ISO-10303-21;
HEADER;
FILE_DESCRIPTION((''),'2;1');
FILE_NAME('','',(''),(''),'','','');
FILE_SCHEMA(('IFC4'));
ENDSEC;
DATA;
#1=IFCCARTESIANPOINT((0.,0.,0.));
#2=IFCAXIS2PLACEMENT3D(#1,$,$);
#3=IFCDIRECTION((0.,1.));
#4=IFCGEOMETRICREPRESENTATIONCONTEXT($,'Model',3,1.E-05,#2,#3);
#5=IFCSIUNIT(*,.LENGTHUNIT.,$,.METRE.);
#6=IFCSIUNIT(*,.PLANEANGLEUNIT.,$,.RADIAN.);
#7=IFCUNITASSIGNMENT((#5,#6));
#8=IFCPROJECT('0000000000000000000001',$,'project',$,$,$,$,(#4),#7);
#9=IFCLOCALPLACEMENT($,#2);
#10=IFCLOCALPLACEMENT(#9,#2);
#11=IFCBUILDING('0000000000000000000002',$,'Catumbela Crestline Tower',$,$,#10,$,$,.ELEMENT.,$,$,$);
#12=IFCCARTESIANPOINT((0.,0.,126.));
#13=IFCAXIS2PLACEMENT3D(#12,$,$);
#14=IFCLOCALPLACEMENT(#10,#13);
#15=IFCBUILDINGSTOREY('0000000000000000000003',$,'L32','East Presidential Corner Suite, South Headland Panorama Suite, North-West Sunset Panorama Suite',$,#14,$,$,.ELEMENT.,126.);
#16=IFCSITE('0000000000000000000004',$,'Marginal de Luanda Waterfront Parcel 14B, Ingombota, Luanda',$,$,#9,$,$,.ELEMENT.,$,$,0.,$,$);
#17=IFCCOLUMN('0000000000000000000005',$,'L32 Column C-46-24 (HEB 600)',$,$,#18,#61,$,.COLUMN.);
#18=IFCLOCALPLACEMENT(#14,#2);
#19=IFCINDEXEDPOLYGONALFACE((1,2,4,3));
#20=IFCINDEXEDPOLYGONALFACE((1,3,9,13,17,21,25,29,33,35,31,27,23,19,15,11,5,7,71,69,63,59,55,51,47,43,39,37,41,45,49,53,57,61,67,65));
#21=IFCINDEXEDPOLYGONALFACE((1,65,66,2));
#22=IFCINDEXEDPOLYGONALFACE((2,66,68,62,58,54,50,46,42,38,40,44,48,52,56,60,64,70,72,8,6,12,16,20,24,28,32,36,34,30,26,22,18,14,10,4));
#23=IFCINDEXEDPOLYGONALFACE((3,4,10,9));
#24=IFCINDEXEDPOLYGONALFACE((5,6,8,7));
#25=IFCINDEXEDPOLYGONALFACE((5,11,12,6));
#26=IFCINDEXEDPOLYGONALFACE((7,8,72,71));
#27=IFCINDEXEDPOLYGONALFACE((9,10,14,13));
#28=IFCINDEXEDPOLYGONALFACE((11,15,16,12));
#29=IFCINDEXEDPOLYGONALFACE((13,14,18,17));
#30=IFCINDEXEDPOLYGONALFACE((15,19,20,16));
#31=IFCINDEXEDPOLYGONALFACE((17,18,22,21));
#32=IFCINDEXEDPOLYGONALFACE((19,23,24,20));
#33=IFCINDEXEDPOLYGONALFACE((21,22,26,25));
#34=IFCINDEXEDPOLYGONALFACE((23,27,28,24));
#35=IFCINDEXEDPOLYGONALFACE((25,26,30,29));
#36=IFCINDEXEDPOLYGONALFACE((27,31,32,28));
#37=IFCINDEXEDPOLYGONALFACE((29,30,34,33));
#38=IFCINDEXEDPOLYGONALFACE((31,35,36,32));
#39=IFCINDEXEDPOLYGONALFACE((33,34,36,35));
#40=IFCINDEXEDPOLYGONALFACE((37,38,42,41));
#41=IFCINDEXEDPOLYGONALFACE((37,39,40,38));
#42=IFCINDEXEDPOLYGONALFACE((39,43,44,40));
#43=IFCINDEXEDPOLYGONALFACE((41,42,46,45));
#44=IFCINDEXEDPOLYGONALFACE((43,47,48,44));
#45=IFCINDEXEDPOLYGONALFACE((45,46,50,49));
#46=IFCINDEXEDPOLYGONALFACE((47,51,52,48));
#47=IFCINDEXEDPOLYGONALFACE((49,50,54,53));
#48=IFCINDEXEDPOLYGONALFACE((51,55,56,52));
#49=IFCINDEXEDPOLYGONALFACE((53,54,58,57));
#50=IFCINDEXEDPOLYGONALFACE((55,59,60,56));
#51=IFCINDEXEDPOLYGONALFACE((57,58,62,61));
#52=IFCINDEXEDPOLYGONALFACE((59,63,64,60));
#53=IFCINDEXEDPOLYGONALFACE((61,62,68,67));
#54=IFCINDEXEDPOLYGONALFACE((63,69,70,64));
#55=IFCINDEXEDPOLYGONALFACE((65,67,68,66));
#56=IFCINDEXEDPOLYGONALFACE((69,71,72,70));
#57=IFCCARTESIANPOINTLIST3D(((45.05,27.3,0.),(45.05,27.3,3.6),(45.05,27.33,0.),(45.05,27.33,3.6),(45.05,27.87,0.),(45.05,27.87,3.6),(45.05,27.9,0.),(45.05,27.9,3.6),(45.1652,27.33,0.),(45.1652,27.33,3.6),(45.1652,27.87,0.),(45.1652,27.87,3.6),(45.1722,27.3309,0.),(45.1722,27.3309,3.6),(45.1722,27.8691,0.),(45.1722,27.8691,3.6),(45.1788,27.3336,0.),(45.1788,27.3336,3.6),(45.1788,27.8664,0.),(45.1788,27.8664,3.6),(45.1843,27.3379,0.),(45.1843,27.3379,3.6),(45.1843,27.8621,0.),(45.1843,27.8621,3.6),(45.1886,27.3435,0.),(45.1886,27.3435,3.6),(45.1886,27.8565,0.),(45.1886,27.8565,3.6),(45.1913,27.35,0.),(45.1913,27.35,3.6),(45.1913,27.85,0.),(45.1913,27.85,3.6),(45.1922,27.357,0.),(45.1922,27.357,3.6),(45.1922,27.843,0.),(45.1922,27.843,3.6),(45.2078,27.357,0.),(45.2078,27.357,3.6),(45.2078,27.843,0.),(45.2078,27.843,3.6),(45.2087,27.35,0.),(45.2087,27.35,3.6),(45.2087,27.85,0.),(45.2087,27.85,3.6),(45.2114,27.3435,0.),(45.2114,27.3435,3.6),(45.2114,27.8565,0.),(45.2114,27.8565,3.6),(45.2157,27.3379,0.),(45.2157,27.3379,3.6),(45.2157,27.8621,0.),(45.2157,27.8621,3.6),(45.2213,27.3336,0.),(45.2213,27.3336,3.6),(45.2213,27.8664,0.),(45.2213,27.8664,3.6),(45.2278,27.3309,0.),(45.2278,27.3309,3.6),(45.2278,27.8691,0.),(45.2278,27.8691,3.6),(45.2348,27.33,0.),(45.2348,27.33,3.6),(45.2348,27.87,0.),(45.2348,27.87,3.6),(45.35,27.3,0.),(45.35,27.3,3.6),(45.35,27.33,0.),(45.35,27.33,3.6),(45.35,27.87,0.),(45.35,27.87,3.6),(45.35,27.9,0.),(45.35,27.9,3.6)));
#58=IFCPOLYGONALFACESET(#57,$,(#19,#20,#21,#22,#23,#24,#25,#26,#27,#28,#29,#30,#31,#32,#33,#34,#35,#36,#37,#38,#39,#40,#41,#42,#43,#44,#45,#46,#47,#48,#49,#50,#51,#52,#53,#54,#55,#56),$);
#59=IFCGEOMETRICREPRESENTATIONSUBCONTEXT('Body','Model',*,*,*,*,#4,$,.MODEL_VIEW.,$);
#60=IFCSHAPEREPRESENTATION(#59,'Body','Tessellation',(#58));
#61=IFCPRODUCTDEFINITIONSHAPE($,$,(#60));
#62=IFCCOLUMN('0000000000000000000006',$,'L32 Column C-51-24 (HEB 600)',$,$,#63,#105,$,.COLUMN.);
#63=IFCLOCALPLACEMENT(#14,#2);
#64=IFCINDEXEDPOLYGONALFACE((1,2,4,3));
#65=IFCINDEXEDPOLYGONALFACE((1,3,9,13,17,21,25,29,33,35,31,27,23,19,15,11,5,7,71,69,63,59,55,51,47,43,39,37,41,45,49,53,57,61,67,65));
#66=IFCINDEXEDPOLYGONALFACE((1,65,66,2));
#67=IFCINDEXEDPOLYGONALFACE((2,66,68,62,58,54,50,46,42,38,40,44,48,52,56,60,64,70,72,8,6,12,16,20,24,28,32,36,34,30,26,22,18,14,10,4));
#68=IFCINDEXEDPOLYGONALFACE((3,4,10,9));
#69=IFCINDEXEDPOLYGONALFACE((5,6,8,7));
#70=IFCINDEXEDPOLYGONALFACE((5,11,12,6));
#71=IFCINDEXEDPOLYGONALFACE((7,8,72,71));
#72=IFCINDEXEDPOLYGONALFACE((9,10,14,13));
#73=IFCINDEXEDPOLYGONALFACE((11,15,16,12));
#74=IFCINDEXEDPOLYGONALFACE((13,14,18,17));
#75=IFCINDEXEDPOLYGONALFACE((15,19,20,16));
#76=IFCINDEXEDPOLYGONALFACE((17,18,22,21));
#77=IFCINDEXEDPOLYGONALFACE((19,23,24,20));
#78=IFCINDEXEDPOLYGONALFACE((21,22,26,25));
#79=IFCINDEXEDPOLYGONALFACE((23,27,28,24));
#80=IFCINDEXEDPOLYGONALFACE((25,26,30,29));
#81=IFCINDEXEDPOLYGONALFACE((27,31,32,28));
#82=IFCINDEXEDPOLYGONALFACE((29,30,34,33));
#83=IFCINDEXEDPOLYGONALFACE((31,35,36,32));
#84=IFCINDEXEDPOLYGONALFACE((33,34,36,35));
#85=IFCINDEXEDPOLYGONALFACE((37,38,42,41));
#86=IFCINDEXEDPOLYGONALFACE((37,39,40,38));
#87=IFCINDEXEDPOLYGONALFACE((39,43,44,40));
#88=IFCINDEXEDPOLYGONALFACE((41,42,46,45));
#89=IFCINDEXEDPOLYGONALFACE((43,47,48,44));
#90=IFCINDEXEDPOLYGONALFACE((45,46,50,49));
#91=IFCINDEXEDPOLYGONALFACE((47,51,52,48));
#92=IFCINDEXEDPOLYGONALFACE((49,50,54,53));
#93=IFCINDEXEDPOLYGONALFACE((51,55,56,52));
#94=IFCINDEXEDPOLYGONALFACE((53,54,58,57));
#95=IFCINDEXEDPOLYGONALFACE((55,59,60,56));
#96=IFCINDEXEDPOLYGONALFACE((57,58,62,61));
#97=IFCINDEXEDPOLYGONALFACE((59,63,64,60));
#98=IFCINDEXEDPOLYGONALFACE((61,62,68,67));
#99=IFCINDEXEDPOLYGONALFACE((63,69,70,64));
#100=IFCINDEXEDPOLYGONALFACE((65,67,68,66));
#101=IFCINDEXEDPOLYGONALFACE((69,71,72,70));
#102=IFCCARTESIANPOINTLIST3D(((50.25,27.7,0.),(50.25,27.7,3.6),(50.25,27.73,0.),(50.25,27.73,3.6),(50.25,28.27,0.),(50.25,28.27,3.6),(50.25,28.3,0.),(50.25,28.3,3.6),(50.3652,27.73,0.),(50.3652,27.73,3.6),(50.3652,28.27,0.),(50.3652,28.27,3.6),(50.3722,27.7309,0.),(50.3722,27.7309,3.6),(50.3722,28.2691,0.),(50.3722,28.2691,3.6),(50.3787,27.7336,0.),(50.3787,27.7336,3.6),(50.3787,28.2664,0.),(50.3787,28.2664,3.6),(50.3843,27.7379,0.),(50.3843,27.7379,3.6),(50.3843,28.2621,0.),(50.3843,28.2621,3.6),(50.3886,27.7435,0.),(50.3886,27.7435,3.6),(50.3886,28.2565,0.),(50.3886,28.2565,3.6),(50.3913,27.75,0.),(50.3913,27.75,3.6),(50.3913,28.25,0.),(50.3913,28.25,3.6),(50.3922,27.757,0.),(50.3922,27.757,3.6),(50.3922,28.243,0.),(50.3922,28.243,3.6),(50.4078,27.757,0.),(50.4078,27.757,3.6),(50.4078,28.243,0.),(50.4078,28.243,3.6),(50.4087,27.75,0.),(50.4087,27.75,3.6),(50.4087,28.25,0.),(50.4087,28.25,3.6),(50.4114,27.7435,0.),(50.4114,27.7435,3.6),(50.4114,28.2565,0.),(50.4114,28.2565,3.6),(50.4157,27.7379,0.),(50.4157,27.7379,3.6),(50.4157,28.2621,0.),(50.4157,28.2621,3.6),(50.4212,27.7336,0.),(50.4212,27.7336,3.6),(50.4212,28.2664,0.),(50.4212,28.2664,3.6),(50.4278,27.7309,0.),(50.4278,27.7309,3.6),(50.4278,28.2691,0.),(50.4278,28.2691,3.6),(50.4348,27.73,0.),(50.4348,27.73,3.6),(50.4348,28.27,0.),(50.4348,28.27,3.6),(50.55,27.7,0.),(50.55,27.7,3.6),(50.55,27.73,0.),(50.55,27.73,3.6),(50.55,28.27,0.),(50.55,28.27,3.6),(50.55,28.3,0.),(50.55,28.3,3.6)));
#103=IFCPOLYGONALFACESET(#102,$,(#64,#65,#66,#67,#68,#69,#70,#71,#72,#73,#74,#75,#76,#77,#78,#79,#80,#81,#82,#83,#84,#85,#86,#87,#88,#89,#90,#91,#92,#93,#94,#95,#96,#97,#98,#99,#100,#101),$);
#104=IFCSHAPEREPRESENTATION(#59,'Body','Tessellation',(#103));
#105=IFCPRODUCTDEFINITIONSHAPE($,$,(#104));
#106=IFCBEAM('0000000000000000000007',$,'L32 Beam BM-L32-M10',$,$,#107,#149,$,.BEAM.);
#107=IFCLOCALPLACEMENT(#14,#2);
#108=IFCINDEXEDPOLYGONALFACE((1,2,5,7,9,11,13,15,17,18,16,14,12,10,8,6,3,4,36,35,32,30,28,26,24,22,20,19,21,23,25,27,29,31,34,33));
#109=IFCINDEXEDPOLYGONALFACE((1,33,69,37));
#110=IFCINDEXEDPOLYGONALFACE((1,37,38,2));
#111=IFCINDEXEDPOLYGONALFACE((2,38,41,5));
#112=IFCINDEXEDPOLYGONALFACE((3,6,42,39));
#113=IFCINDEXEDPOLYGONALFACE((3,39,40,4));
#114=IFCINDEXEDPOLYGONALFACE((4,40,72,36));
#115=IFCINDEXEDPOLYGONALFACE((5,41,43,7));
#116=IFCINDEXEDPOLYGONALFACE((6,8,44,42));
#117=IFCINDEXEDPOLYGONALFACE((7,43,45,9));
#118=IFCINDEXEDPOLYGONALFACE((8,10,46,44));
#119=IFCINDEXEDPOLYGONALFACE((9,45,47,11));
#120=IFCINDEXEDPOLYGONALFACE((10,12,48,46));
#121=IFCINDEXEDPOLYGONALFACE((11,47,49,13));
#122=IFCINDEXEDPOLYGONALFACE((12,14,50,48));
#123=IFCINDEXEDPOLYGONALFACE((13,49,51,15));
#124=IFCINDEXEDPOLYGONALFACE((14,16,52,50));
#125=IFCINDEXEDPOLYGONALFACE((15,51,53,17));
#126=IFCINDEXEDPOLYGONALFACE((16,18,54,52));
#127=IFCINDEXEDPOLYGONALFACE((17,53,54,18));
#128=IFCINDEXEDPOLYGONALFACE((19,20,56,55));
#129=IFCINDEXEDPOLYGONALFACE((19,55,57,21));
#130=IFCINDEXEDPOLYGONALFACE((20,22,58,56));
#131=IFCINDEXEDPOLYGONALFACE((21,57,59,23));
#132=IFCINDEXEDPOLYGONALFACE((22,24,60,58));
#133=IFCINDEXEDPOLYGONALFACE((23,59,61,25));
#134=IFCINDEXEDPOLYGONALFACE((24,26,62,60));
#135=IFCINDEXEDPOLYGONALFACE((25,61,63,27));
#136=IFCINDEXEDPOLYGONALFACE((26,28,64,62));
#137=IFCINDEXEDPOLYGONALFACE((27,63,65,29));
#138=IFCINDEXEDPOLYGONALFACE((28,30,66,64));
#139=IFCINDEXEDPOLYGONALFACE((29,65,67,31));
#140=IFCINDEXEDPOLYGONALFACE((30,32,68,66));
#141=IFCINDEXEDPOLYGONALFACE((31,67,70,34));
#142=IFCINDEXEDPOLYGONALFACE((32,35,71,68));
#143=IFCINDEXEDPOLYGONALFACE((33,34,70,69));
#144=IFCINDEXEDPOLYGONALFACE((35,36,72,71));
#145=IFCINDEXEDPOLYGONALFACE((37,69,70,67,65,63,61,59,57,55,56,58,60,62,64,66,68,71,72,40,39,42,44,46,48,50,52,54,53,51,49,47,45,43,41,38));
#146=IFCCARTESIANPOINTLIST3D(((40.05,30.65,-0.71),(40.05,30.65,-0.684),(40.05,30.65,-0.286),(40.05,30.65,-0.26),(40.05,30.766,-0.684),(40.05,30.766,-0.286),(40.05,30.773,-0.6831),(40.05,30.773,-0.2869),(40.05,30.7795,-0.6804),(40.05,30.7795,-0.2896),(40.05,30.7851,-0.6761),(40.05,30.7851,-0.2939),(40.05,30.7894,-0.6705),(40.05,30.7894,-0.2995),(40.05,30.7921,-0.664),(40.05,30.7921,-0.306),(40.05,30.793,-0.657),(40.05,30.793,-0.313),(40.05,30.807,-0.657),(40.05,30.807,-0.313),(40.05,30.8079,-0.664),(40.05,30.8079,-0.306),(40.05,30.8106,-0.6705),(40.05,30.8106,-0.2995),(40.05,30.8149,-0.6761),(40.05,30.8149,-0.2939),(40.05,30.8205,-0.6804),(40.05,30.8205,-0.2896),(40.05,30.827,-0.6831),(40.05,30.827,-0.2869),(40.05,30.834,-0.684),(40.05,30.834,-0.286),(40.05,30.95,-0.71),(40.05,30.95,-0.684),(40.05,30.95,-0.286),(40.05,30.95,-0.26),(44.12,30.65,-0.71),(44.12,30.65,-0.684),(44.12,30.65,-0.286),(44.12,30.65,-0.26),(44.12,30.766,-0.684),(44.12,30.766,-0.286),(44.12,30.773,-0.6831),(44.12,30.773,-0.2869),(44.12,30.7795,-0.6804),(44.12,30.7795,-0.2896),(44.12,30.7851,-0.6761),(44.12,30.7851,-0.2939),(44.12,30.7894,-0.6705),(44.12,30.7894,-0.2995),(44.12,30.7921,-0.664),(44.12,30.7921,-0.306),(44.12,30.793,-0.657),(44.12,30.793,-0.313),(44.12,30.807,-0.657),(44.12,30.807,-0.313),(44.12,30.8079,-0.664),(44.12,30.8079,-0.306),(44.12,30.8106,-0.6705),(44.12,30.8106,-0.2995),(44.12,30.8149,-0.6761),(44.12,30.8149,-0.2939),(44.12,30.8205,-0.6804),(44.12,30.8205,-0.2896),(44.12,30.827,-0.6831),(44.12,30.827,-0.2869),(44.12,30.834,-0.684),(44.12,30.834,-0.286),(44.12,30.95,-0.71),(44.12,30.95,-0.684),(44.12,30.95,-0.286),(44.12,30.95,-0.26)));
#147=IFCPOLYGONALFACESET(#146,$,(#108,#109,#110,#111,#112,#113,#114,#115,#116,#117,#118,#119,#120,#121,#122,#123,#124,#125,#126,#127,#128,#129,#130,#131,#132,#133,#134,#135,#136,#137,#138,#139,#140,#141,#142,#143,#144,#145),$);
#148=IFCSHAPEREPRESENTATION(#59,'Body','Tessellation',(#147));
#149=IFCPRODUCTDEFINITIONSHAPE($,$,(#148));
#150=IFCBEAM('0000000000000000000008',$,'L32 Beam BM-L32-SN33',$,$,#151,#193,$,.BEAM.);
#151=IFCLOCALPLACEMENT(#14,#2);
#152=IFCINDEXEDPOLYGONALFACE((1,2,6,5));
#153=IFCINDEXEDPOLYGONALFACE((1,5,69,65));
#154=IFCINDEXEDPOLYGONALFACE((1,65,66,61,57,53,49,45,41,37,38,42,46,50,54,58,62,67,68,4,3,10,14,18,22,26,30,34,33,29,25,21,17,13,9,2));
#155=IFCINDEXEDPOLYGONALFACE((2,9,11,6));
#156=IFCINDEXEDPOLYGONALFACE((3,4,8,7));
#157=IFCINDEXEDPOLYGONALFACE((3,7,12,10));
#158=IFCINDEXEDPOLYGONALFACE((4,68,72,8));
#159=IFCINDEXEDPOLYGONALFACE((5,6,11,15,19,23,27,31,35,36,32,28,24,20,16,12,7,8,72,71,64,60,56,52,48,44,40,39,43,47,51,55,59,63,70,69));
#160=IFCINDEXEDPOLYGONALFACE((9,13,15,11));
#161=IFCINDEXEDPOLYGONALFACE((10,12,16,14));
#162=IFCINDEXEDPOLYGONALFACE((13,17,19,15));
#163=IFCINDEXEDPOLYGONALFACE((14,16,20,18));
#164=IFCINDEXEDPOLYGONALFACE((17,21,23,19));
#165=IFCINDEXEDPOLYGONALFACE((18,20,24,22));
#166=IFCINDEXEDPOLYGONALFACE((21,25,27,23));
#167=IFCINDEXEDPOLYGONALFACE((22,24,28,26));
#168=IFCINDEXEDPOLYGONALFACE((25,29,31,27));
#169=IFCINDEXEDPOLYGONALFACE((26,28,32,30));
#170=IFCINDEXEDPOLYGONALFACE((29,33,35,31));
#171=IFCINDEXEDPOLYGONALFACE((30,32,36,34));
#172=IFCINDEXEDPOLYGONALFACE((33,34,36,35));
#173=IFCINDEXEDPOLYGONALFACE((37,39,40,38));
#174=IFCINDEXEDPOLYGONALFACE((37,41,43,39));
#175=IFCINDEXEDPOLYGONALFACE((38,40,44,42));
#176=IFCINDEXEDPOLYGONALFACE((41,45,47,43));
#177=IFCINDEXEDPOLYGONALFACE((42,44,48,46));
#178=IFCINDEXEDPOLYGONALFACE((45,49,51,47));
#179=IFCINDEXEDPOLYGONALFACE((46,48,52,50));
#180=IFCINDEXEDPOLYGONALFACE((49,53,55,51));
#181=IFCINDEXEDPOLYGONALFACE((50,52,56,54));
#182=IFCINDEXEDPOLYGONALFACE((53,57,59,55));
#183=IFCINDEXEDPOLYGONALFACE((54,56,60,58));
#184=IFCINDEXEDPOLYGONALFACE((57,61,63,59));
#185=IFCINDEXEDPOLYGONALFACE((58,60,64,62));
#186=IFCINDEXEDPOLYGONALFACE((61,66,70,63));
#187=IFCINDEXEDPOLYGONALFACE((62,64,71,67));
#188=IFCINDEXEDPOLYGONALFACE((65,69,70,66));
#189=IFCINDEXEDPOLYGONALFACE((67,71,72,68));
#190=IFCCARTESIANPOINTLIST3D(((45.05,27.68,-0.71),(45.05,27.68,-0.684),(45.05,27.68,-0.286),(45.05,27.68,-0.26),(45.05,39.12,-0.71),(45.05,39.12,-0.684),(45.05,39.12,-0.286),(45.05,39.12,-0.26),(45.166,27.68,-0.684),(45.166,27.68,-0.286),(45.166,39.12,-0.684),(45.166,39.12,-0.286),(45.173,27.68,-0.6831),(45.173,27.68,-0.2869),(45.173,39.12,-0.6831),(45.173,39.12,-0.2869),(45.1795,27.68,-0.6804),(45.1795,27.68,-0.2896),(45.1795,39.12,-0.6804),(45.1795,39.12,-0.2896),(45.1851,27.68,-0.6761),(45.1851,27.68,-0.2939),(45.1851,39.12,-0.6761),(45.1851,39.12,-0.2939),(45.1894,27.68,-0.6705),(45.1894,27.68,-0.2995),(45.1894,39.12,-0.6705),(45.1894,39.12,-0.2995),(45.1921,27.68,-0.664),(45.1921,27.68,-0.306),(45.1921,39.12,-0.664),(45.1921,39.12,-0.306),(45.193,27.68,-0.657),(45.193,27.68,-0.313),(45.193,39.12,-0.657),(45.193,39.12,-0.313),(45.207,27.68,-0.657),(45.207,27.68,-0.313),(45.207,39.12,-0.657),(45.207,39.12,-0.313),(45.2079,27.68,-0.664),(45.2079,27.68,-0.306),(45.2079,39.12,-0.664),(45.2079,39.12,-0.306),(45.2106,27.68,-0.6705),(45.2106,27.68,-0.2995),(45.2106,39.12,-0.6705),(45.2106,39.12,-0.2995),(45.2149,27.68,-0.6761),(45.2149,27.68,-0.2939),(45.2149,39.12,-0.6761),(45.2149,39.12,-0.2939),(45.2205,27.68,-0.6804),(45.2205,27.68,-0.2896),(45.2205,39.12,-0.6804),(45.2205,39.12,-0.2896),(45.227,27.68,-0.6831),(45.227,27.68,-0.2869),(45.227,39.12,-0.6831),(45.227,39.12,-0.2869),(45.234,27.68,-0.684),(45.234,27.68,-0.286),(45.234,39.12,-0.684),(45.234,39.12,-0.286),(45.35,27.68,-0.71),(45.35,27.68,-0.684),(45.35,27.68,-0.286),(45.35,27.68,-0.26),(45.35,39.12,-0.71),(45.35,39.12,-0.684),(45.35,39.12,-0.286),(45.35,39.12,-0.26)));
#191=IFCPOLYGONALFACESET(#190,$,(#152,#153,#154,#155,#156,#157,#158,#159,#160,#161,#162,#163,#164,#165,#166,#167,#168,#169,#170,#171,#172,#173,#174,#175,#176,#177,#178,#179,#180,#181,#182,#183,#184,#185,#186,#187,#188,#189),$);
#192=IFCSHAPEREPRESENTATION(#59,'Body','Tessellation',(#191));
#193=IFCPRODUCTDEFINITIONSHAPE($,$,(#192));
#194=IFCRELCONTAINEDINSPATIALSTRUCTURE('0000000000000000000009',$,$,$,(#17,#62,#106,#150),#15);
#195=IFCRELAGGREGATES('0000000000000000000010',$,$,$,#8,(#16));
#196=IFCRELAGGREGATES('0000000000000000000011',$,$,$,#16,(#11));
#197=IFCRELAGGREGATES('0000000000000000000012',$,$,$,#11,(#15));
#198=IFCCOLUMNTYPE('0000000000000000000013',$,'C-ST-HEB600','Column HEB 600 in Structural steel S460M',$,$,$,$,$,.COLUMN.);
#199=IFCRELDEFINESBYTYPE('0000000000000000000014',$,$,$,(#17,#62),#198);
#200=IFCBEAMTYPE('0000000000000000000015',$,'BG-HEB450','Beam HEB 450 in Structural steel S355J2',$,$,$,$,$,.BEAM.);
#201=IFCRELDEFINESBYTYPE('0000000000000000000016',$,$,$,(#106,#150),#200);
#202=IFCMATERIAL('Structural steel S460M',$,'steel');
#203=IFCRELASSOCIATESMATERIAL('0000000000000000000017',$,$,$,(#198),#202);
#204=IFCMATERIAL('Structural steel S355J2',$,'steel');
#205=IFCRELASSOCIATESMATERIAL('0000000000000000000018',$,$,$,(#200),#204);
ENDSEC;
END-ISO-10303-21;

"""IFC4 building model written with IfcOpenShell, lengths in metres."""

from ifc_helpers import new_model, si_unit, direction, frame, origin, origin_2d, place, context, subcontext, project, spatial, i_section, extrude, material, material_profile, profile_set, type_object, element, save


model = new_model("IFC4")

# Units and contexts
model_context = context("Model", 3, precision=1e-05, world=origin(), true_north=direction((0.0, 1.0)))
body_context = subcontext(model_context, "Body", "Model", "MODEL_VIEW")
ifc_project = project(units=[si_unit("LENGTHUNIT", "METRE"), si_unit("PLANEANGLEUNIT", "RADIAN")], contexts=[model_context])

# Site, building, storey
site_placement = place(None, origin())
site = spatial("IfcSite", under=ifc_project, at=site_placement, Name="Marginal de Luanda Waterfront Parcel 14B, Ingombota, Luanda", CompositionType="ELEMENT", RefElevation=0.0)
building_placement = place(site_placement, origin())
building = spatial("IfcBuilding", under=site, at=building_placement, Name="Catumbela Crestline Tower", CompositionType="ELEMENT")
storey_placement = place(building_placement, frame((0.0, 0.0, 126.0)))
storey = spatial("IfcBuildingStorey", under=building, at=storey_placement, Name="L32", Description="East Presidential Corner Suite, South Headland Panorama Suite, North-West Sunset Panorama Suite", CompositionType="ELEMENT", Elevation=126.0)

# Columns
ifc_material_1 = material(Name="Structural steel S460M", Category="steel")
ifc_material_profile_1 = material_profile(ifc_material_1, i_section(OverallWidth=0.3, OverallDepth=0.6, WebThickness=0.0155, FlangeThickness=0.03, FilletRadius=0.027, at=origin_2d()), Name="HEB 600")
ifc_profile_set_1 = profile_set([ifc_material_profile_1], Name="Structural steel S460M")
column_type = type_object("IfcColumnType", Name="C-ST-HEB600", Description="Column HEB 600 in Structural steel S460M", PredefinedType="COLUMN", material=ifc_profile_set_1)
for number, where, z_axis, x_axis, name in (
    (1, (45.2, 27.6, 0.0), (0.0, 0.0, 1.0), (1.0, 0.0, 0.0), "L32 Column C-46-24 (HEB 600)"),
    (2, (50.4, 28.0, 0.0), (0.0, 0.0, 1.0), (1.0, 0.0, 0.0), "L32 Column C-51-24 (HEB 600)"),
):
    element("IfcColumn", number, at=place(storey_placement, frame(where, z_axis=z_axis, x_axis=x_axis)), inside=storey, type_object=column_type, Name=name, PredefinedType="COLUMN", context=body_context, shape_type="SweptSolid", body=[
        extrude(i_section(OverallWidth=0.3, OverallDepth=0.6, WebThickness=0.0155, FlangeThickness=0.03, FilletRadius=0.027, at=origin_2d()), origin(), (0.0, 0.0, 1.0), 3.6),
    ])

# Beams
ifc_material_2 = material(Name="Structural steel S355J2", Category="steel")
ifc_material_profile_2 = material_profile(ifc_material_2, i_section(OverallWidth=0.3, OverallDepth=0.45, WebThickness=0.014, FlangeThickness=0.026, FilletRadius=0.027, at=origin_2d()), Name="HEB 450")
ifc_profile_set_2 = profile_set([ifc_material_profile_2], Name="Structural steel S355J2")
beam_type_1 = type_object("IfcBeamType", Name="BG-HEB450", Description="Beam HEB 450 in Structural steel S355J2", PredefinedType="BEAM", material=ifc_profile_set_2)
beam_1_placement = place(storey_placement, frame((40.05, 30.8, -0.485), z_axis=(1.0, 0.0, 0.0), x_axis=(0.0, 1.0, 0.0)))
element("IfcBeam", 3, at=beam_1_placement, inside=storey, type_object=beam_type_1, Name="L32 Beam BM-L32-M10", PredefinedType="BEAM", context=body_context, shape_type="SweptSolid", body=[
    extrude(i_section(OverallWidth=0.3, OverallDepth=0.45, WebThickness=0.014, FlangeThickness=0.026, FilletRadius=0.027, at=origin_2d()), origin(), (0.0, 0.0, 1.0), 4.07),
])
beam_2_placement = place(storey_placement, frame((45.2, 27.68, -0.485), z_axis=(0.0, 1.0, 0.0), x_axis=(-1.0, 0.0, 0.0)))
element("IfcBeam", 4, at=beam_2_placement, inside=storey, type_object=beam_type_1, Name="L32 Beam BM-L32-SN33", PredefinedType="BEAM", context=body_context, shape_type="SweptSolid", body=[
    extrude(i_section(OverallWidth=0.3, OverallDepth=0.45, WebThickness=0.014, FlangeThickness=0.026, FilletRadius=0.027, at=origin_2d()), origin(), (0.0, 0.0, 1.0), 11.44),
])

save(model, "model.ifc")
